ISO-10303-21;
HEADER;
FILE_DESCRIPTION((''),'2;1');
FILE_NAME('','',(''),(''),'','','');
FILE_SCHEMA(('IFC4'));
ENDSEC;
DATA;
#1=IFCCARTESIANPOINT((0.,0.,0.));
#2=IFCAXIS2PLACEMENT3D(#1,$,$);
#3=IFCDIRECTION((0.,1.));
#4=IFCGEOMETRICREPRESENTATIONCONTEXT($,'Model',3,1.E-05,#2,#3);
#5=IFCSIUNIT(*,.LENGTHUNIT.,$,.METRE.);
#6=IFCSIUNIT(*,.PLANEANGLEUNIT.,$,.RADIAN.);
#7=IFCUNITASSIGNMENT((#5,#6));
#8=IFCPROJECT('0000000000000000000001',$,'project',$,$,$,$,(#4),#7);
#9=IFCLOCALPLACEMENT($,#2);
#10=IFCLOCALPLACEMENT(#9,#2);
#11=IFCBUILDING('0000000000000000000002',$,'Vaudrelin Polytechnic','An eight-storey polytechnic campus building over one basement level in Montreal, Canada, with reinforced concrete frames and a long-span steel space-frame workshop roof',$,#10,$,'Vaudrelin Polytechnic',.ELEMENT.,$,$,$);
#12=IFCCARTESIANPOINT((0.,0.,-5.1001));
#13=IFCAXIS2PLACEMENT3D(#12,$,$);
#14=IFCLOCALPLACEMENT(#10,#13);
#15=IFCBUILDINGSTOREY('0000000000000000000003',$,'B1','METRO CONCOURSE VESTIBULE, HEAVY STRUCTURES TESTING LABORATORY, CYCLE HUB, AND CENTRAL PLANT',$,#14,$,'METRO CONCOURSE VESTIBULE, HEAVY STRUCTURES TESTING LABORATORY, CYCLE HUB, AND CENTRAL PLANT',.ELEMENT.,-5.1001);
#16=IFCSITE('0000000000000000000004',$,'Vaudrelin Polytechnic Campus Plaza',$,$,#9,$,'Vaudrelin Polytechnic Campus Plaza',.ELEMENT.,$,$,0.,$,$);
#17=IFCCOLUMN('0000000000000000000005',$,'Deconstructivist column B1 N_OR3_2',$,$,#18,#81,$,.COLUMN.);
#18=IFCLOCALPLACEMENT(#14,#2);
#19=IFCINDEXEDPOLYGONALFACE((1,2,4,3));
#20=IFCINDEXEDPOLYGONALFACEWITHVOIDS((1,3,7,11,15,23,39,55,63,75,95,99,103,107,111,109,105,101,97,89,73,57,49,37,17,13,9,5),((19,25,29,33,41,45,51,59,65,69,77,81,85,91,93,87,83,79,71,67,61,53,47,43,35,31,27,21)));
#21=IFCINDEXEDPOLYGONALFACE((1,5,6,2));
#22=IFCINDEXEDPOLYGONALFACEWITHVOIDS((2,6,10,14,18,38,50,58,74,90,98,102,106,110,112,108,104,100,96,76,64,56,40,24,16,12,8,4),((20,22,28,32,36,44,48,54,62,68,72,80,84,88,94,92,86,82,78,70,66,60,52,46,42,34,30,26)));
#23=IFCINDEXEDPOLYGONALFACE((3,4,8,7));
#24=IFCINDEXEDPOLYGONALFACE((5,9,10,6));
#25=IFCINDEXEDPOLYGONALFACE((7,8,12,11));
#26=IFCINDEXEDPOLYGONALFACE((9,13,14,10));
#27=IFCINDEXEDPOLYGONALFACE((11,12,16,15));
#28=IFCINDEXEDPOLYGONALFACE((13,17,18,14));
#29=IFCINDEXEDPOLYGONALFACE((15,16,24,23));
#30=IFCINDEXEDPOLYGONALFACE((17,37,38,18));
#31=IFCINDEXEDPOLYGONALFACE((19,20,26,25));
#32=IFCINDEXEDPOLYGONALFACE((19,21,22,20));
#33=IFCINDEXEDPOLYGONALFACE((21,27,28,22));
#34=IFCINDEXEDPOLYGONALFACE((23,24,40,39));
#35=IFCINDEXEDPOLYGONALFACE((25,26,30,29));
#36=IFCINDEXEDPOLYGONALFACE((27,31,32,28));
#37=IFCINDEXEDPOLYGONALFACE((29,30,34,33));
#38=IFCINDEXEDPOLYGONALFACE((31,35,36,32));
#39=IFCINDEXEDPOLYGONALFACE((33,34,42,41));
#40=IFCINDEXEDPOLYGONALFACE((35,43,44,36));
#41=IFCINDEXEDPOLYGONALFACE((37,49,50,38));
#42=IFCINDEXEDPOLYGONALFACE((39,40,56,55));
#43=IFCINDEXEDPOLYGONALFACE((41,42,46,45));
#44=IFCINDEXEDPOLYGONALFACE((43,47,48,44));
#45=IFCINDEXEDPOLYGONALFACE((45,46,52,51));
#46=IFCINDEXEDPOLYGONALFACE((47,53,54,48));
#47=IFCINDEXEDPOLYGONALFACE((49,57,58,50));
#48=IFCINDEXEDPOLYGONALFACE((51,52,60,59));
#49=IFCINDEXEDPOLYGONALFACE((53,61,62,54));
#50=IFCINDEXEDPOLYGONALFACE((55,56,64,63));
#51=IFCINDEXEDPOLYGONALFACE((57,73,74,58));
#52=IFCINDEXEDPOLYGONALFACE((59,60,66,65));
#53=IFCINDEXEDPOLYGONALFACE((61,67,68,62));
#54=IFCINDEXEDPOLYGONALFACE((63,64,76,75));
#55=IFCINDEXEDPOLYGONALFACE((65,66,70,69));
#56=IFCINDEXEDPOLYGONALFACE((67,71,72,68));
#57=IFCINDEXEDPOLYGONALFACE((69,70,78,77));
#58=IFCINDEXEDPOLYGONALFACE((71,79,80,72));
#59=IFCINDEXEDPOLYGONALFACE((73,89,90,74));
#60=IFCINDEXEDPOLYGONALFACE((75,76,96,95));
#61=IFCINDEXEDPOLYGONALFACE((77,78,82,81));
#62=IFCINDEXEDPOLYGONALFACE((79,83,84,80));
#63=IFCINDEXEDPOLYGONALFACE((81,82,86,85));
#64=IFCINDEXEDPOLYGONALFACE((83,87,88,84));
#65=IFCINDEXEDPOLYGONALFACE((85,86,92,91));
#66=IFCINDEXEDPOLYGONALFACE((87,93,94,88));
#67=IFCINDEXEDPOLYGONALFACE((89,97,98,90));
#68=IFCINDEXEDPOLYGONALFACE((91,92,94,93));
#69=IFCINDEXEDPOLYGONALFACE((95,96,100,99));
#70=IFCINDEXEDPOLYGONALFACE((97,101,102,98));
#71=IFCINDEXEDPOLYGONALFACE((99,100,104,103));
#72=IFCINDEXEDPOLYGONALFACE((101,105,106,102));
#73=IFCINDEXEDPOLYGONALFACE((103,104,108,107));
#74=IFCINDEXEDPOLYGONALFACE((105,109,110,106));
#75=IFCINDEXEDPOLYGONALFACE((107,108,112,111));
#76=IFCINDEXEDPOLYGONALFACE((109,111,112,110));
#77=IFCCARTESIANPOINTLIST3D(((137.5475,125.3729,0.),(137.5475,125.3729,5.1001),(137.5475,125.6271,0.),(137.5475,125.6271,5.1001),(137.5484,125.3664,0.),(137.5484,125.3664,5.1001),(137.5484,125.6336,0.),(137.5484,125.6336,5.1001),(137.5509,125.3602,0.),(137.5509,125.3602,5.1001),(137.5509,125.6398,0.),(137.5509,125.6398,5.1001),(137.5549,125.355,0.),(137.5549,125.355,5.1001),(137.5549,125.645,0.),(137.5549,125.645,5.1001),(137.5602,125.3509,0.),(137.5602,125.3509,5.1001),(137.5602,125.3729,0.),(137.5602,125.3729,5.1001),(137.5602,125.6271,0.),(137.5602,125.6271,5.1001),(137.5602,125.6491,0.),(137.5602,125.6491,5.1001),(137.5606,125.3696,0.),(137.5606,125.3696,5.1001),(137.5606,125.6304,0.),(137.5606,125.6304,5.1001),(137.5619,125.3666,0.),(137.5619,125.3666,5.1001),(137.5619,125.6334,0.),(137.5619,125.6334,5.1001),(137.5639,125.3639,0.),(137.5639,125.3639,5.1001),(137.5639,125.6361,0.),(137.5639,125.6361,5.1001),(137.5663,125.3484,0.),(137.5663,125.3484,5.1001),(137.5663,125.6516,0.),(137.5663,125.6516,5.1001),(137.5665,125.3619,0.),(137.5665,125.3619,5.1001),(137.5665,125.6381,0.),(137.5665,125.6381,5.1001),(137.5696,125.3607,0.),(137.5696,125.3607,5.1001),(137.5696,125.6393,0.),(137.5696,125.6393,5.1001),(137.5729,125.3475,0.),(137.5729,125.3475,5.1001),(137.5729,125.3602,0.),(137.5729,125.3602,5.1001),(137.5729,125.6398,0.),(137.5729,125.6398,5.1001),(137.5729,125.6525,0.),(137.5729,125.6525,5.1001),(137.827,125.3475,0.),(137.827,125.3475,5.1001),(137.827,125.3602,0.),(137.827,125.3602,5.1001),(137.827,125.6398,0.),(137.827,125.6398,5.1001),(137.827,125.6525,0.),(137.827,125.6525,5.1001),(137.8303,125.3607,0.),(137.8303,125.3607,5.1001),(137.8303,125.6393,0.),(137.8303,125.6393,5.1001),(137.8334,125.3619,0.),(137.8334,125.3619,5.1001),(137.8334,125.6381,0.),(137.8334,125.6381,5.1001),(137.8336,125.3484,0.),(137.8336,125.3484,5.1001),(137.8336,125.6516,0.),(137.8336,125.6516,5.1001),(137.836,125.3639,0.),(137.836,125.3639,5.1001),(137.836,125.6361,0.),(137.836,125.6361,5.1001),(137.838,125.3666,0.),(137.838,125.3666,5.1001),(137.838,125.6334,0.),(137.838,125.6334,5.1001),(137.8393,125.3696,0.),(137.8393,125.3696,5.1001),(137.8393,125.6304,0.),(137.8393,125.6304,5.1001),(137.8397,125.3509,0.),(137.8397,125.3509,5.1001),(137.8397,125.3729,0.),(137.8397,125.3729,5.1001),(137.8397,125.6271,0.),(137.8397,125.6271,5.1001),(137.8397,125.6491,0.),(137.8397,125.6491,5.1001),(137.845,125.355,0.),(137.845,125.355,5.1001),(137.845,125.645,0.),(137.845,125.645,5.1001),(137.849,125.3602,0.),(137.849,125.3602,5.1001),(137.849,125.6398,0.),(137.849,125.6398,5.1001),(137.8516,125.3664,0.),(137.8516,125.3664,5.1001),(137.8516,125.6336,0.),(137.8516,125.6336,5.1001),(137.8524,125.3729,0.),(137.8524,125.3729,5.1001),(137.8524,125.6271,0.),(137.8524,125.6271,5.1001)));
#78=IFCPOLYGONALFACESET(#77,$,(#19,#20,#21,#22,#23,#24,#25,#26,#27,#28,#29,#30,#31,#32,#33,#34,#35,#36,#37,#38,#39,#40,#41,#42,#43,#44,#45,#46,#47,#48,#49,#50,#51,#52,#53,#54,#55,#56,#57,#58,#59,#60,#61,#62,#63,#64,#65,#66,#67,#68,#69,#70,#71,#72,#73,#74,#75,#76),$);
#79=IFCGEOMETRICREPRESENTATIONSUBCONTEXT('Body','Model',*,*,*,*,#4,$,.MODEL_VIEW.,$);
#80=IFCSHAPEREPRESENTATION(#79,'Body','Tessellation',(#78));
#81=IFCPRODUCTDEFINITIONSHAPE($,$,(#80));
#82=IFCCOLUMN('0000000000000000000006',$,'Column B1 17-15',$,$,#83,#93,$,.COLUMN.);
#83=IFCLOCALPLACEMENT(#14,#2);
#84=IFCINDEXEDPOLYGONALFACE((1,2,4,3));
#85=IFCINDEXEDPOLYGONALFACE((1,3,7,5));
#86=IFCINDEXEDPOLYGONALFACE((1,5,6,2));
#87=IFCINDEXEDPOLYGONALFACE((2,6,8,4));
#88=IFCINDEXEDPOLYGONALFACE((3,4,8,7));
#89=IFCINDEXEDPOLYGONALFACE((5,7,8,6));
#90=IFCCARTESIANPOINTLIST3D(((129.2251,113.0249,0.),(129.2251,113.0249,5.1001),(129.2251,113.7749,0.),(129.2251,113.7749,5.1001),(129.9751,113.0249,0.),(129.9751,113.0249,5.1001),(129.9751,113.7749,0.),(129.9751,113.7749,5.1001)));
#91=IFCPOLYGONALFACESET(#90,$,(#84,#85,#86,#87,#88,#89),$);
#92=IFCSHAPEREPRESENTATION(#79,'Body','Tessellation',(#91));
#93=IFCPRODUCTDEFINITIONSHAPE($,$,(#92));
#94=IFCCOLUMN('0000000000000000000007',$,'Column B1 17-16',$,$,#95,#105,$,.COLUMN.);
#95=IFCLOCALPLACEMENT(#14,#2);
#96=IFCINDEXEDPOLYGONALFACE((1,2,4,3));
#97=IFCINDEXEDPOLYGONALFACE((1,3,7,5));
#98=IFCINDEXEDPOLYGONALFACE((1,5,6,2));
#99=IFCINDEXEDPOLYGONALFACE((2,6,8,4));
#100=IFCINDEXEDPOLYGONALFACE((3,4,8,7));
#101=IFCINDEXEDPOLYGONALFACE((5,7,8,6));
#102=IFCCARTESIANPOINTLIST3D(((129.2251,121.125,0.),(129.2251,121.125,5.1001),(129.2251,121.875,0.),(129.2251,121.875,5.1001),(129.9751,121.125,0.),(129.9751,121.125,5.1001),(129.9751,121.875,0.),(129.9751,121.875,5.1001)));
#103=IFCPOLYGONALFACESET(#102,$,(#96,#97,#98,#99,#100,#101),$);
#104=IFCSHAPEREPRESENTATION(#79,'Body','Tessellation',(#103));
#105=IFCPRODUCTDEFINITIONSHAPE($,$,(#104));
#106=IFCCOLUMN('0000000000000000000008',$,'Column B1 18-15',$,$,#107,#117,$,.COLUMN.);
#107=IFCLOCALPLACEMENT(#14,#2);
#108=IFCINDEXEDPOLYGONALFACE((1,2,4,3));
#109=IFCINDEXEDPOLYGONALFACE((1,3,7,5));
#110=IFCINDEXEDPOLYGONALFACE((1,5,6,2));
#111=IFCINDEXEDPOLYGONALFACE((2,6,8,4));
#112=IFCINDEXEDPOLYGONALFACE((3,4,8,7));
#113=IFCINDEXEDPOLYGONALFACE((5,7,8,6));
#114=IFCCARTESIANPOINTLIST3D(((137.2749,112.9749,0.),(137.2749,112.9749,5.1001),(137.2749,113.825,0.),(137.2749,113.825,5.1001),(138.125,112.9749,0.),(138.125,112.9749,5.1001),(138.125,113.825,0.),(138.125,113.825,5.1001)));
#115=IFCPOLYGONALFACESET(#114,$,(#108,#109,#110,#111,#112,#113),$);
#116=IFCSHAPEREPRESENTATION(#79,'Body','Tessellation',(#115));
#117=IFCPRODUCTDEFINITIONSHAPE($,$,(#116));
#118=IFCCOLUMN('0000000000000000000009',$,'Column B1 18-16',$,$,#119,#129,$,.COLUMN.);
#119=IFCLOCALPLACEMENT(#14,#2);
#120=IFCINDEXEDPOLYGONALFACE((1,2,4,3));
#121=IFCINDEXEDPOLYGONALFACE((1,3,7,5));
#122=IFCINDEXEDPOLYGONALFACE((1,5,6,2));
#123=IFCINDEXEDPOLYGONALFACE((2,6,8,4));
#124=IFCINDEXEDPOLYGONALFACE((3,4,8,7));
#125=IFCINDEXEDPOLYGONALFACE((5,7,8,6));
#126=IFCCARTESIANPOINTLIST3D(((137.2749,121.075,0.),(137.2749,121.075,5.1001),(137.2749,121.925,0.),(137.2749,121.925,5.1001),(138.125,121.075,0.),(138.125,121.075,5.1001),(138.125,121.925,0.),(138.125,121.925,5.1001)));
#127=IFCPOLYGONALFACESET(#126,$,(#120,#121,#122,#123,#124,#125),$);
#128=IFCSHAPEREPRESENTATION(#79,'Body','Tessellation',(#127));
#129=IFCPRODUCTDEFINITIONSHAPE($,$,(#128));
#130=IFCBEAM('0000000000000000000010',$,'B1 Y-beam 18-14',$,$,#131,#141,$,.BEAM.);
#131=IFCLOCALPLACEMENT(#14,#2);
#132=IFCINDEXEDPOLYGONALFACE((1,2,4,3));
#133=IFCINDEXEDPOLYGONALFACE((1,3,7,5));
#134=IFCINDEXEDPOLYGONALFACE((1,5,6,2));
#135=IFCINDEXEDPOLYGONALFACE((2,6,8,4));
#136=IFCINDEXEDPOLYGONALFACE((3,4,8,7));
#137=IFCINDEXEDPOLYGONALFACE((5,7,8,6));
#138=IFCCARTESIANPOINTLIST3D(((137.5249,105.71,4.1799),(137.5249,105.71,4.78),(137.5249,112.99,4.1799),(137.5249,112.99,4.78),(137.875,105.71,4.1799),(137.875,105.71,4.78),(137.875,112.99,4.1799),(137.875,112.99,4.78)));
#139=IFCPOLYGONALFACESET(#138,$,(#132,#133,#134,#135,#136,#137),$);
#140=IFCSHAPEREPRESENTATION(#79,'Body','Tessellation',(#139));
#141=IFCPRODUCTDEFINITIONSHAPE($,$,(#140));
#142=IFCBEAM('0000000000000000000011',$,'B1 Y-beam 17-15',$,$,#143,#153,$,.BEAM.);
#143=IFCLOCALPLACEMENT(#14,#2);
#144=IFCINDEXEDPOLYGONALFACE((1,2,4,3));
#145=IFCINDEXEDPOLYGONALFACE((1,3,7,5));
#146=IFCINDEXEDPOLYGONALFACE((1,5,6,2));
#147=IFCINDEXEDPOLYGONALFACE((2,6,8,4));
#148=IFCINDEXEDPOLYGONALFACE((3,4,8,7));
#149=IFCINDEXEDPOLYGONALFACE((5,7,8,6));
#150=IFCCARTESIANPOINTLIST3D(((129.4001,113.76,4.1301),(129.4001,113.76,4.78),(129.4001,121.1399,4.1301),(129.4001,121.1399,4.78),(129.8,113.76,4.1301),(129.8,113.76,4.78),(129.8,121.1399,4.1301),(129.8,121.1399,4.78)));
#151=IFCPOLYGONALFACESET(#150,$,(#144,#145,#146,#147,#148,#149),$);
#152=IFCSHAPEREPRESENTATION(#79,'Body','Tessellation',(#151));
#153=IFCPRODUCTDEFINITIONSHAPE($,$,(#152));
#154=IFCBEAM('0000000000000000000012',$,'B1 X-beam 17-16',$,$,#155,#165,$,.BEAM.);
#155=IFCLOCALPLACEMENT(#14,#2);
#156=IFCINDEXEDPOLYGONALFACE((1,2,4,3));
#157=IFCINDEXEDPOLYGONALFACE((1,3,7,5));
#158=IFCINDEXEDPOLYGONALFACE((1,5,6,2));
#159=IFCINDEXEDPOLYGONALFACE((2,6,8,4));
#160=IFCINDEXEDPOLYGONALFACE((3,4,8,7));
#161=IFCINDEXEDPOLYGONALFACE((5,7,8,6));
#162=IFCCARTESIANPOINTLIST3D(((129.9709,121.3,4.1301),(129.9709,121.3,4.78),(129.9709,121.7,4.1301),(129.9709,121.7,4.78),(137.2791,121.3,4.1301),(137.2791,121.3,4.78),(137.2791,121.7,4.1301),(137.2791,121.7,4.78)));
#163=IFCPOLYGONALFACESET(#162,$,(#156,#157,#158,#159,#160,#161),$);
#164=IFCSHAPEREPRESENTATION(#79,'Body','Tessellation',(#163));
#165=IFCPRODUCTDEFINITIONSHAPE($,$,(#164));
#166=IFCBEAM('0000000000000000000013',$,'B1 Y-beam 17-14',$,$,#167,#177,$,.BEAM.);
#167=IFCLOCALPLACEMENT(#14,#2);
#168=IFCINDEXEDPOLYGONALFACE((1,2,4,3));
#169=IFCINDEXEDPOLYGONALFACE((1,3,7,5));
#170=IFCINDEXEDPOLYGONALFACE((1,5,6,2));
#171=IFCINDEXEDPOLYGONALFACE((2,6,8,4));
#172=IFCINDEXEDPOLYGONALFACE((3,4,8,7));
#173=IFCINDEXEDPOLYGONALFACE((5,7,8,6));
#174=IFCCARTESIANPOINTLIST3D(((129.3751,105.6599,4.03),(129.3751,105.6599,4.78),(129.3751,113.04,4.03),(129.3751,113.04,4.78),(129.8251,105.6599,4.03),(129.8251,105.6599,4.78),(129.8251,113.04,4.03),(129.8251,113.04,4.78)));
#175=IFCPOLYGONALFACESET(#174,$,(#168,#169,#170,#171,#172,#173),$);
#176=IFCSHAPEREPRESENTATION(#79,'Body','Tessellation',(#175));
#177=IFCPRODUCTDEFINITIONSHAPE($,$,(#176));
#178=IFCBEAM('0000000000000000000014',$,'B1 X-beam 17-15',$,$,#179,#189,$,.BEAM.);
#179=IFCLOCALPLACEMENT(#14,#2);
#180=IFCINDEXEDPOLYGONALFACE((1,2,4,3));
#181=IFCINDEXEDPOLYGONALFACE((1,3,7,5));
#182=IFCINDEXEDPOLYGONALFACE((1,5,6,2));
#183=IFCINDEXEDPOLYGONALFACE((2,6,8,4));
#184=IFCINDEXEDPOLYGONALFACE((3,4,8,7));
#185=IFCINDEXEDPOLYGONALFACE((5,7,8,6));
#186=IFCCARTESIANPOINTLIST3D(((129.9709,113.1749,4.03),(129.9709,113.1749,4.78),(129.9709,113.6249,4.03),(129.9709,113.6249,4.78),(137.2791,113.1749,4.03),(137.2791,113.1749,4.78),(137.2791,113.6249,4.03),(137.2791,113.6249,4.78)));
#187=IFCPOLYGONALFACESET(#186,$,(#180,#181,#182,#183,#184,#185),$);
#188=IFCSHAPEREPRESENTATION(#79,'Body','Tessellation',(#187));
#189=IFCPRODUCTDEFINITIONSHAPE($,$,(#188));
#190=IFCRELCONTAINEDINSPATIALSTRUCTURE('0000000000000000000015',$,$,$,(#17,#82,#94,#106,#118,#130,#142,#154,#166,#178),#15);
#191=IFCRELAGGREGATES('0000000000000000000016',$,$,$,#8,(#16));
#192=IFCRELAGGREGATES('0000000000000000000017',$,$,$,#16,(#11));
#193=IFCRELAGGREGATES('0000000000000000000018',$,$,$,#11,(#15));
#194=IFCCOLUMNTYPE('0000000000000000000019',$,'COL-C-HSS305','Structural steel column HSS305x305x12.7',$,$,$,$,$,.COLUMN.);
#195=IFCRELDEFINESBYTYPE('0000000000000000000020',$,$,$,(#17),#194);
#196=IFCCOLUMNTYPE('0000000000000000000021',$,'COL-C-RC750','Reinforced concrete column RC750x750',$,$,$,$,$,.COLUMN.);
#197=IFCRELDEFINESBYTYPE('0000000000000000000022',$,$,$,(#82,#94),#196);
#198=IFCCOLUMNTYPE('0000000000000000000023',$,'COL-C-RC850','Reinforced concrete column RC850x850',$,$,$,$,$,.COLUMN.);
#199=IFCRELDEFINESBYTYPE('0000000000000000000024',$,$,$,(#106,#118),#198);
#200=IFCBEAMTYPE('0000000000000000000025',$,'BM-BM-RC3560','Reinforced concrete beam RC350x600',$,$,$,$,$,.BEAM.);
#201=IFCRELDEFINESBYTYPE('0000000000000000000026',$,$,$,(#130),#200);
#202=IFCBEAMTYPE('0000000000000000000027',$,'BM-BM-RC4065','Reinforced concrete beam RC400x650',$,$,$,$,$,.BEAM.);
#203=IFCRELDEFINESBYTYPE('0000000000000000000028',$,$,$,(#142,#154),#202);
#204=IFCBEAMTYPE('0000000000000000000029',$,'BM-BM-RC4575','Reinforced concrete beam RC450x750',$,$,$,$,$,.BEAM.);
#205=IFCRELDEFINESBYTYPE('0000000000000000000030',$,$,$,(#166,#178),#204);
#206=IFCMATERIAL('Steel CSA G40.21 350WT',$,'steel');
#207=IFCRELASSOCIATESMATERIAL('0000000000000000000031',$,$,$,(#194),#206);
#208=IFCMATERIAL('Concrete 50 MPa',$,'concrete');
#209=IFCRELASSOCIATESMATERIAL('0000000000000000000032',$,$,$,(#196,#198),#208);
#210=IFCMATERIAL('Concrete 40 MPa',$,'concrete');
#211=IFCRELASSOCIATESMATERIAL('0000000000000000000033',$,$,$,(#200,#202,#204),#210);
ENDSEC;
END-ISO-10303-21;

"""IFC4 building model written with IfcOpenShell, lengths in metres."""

from ifc_helpers import new_model, si_unit, direction, frame, origin, origin_2d, place, context, subcontext, project, spatial, rectangle, hollow_rectangle, extrude, material, material_profile, profile_set, type_object, element, save


model = new_model("IFC4")

# Units and contexts
model_context = context("Model", 3, precision=1e-05, world=origin(), true_north=direction((0.0, 1.0)))
body_context = subcontext(model_context, "Body", "Model", "MODEL_VIEW")
ifc_project = project(units=[si_unit("LENGTHUNIT", "METRE"), si_unit("PLANEANGLEUNIT", "RADIAN")], contexts=[model_context])

# Site, building, storey
site_placement = place(None, origin())
site = spatial("IfcSite", under=ifc_project, at=site_placement, Name="Vaudrelin Polytechnic Campus Plaza", LongName="Vaudrelin Polytechnic Campus Plaza", CompositionType="ELEMENT", RefElevation=0.0)
building_placement = place(site_placement, origin())
building = spatial("IfcBuilding", under=site, at=building_placement, Name="Vaudrelin Polytechnic", Description="An eight-storey polytechnic campus building over one basement level in Montreal, Canada, with reinforced concrete frames and a long-span steel space-frame workshop roof", LongName="Vaudrelin Polytechnic", CompositionType="ELEMENT")
storey_placement = place(building_placement, frame((0.0, 0.0, -5.1001)))
storey = spatial("IfcBuildingStorey", under=building, at=storey_placement, Name="B1", Description="METRO CONCOURSE VESTIBULE, HEAVY STRUCTURES TESTING LABORATORY, CYCLE HUB, AND CENTRAL PLANT", LongName="METRO CONCOURSE VESTIBULE, HEAVY STRUCTURES TESTING LABORATORY, CYCLE HUB, AND CENTRAL PLANT", CompositionType="ELEMENT", Elevation=-5.1001)

# Shared definitions
ifc_material_1 = material(Name="Concrete 40 MPa", Category="concrete")

# Columns
ifc_material_2 = material(Name="Steel CSA G40.21 350WT", Category="steel")
ifc_material_profile_1 = material_profile(ifc_material_2, hollow_rectangle(XDim=0.3049, YDim=0.3049, WallThickness=0.0127, InnerFilletRadius=0.0127, OuterFilletRadius=0.0254, at=origin_2d()), Name="HSS305x305x12.7")
ifc_profile_set_1 = profile_set([ifc_material_profile_1], Name="Steel CSA G40.21 350WT")
column_type_1 = type_object("IfcColumnType", Name="COL-C-HSS305", Description="Structural steel column HSS305x305x12.7", PredefinedType="COLUMN", material=ifc_profile_set_1)
column_placement = place(storey_placement, frame((137.7, 125.5, 0.0), z_axis=(0.0, 0.0, 1.0), x_axis=(1.0, 0.0, 0.0)))
element("IfcColumn", 1, at=column_placement, inside=storey, type_object=column_type_1, Name="Deconstructivist column B1 N_OR3_2", PredefinedType="COLUMN", context=body_context, shape_type="SweptSolid", body=[
    extrude(hollow_rectangle(XDim=0.3049, YDim=0.3049, WallThickness=0.0127, InnerFilletRadius=0.0127, OuterFilletRadius=0.0254, at=origin_2d()), origin(), (0.0, 0.0, 1.0), 5.1001),
])
ifc_material_3 = material(Name="Concrete 50 MPa", Category="concrete")
ifc_material_profile_2 = material_profile(ifc_material_3, rectangle(XDim=0.75, YDim=0.75, at=origin_2d()), Name="RC750x750")
ifc_profile_set_2 = profile_set([ifc_material_profile_2], Name="Concrete 50 MPa")
column_type_2 = type_object("IfcColumnType", Name="COL-C-RC750", Description="Reinforced concrete column RC750x750", PredefinedType="COLUMN", material=ifc_profile_set_2)
for number, where, z_axis, x_axis, name in (
    (2, (129.6001, 113.3999, 0.0), (0.0, 0.0, 1.0), (1.0, 0.0, 0.0), "Column B1 17-15"),
    (3, (129.6001, 121.5, 0.0), (0.0, 0.0, 1.0), (1.0, 0.0, 0.0), "Column B1 17-16"),
):
    element("IfcColumn", number, at=place(storey_placement, frame(where, z_axis=z_axis, x_axis=x_axis)), inside=storey, type_object=column_type_2, Name=name, PredefinedType="COLUMN", context=body_context, shape_type="SweptSolid", body=[
        extrude(rectangle(XDim=0.75, YDim=0.75, at=origin_2d()), origin(), (0.0, 0.0, 1.0), 5.1001),
    ])
ifc_material_profile_3 = material_profile(ifc_material_3, rectangle(XDim=0.8501, YDim=0.8501, at=origin_2d()), Name="RC850x850")
ifc_profile_set_3 = profile_set([ifc_material_profile_3], Name="Concrete 50 MPa")
column_type_3 = type_object("IfcColumnType", Name="COL-C-RC850", Description="Reinforced concrete column RC850x850", PredefinedType="COLUMN", material=ifc_profile_set_3)
for number, where, z_axis, x_axis, name in (
    (4, (137.7, 113.3999, 0.0), (0.0, 0.0, 1.0), (1.0, 0.0, 0.0), "Column B1 18-15"),
    (5, (137.7, 121.5, 0.0), (0.0, 0.0, 1.0), (1.0, 0.0, 0.0), "Column B1 18-16"),
):
    element("IfcColumn", number, at=place(storey_placement, frame(where, z_axis=z_axis, x_axis=x_axis)), inside=storey, type_object=column_type_3, Name=name, PredefinedType="COLUMN", context=body_context, shape_type="SweptSolid", body=[
        extrude(rectangle(XDim=0.8501, YDim=0.8501, at=origin_2d()), origin(), (0.0, 0.0, 1.0), 5.1001),
    ])

# Beams
ifc_material_profile_4 = material_profile(ifc_material_1, rectangle(XDim=0.3501, YDim=0.6001, at=origin_2d()), Name="RC350x600")
ifc_profile_set_4 = profile_set([ifc_material_profile_4], Name="Concrete 40 MPa")
beam_type_1 = type_object("IfcBeamType", Name="BM-BM-RC3560", Description="Reinforced concrete beam RC350x600", PredefinedType="BEAM", material=ifc_profile_set_4)
beam_1_placement = place(storey_placement, frame((137.7, 105.71, 4.48), z_axis=(0.0, 1.0, 0.0), x_axis=(-1.0, 0.0, 0.0)))
element("IfcBeam", 6, at=beam_1_placement, inside=storey, type_object=beam_type_1, Name="B1 Y-beam 18-14", PredefinedType="BEAM", context=body_context, shape_type="SweptSolid", body=[
    extrude(rectangle(XDim=0.3501, YDim=0.6001, at=origin_2d()), origin(), (0.0, 0.0, 1.0), 7.28),
])
ifc_material_profile_5 = material_profile(ifc_material_1, rectangle(XDim=0.3999, YDim=0.6499, at=origin_2d()), Name="RC400x650")
ifc_profile_set_5 = profile_set([ifc_material_profile_5], Name="Concrete 40 MPa")
beam_type_2 = type_object("IfcBeamType", Name="BM-BM-RC4065", Description="Reinforced concrete beam RC400x650", PredefinedType="BEAM", material=ifc_profile_set_5)
beam_2_placement = place(storey_placement, frame((129.6001, 113.76, 4.4551), z_axis=(0.0, 1.0, 0.0), x_axis=(-1.0, 0.0, 0.0)))
element("IfcBeam", 7, at=beam_2_placement, inside=storey, type_object=beam_type_2, Name="B1 Y-beam 17-15", PredefinedType="BEAM", context=body_context, shape_type="SweptSolid", body=[
    extrude(rectangle(XDim=0.3999, YDim=0.6499, at=origin_2d()), origin(), (0.0, 0.0, 1.0), 7.3799),
])
beam_3_placement = place(storey_placement, frame((129.9709, 121.5, 4.4551), z_axis=(1.0, 0.0, 0.0), x_axis=(0.0, 1.0, 0.0)))
element("IfcBeam", 8, at=beam_3_placement, inside=storey, type_object=beam_type_2, Name="B1 X-beam 17-16", PredefinedType="BEAM", context=body_context, shape_type="SweptSolid", body=[
    extrude(rectangle(XDim=0.3999, YDim=0.6499, at=origin_2d()), origin(), (0.0, 0.0, 1.0), 7.3081),
])
ifc_material_profile_6 = material_profile(ifc_material_1, rectangle(XDim=0.45, YDim=0.75, at=origin_2d()), Name="RC450x750")
ifc_profile_set_6 = profile_set([ifc_material_profile_6], Name="Concrete 40 MPa")
beam_type_3 = type_object("IfcBeamType", Name="BM-BM-RC4575", Description="Reinforced concrete beam RC450x750", PredefinedType="BEAM", material=ifc_profile_set_6)
beam_4_placement = place(storey_placement, frame((129.6001, 105.6599, 4.405), z_axis=(0.0, 1.0, 0.0), x_axis=(-1.0, 0.0, 0.0)))
element("IfcBeam", 9, at=beam_4_placement, inside=storey, type_object=beam_type_3, Name="B1 Y-beam 17-14", PredefinedType="BEAM", context=body_context, shape_type="SweptSolid", body=[
    extrude(rectangle(XDim=0.45, YDim=0.75, at=origin_2d()), origin(), (0.0, 0.0, 1.0), 7.3801),
])
beam_5_placement = place(storey_placement, frame((129.9709, 113.3999, 4.405), z_axis=(1.0, 0.0, 0.0), x_axis=(0.0, 1.0, 0.0)))
element("IfcBeam", 10, at=beam_5_placement, inside=storey, type_object=beam_type_3, Name="B1 X-beam 17-15", PredefinedType="BEAM", context=body_context, shape_type="SweptSolid", body=[
    extrude(rectangle(XDim=0.45, YDim=0.75, at=origin_2d()), origin(), (0.0, 0.0, 1.0), 7.3081),
])

save(model, "model.ifc")
